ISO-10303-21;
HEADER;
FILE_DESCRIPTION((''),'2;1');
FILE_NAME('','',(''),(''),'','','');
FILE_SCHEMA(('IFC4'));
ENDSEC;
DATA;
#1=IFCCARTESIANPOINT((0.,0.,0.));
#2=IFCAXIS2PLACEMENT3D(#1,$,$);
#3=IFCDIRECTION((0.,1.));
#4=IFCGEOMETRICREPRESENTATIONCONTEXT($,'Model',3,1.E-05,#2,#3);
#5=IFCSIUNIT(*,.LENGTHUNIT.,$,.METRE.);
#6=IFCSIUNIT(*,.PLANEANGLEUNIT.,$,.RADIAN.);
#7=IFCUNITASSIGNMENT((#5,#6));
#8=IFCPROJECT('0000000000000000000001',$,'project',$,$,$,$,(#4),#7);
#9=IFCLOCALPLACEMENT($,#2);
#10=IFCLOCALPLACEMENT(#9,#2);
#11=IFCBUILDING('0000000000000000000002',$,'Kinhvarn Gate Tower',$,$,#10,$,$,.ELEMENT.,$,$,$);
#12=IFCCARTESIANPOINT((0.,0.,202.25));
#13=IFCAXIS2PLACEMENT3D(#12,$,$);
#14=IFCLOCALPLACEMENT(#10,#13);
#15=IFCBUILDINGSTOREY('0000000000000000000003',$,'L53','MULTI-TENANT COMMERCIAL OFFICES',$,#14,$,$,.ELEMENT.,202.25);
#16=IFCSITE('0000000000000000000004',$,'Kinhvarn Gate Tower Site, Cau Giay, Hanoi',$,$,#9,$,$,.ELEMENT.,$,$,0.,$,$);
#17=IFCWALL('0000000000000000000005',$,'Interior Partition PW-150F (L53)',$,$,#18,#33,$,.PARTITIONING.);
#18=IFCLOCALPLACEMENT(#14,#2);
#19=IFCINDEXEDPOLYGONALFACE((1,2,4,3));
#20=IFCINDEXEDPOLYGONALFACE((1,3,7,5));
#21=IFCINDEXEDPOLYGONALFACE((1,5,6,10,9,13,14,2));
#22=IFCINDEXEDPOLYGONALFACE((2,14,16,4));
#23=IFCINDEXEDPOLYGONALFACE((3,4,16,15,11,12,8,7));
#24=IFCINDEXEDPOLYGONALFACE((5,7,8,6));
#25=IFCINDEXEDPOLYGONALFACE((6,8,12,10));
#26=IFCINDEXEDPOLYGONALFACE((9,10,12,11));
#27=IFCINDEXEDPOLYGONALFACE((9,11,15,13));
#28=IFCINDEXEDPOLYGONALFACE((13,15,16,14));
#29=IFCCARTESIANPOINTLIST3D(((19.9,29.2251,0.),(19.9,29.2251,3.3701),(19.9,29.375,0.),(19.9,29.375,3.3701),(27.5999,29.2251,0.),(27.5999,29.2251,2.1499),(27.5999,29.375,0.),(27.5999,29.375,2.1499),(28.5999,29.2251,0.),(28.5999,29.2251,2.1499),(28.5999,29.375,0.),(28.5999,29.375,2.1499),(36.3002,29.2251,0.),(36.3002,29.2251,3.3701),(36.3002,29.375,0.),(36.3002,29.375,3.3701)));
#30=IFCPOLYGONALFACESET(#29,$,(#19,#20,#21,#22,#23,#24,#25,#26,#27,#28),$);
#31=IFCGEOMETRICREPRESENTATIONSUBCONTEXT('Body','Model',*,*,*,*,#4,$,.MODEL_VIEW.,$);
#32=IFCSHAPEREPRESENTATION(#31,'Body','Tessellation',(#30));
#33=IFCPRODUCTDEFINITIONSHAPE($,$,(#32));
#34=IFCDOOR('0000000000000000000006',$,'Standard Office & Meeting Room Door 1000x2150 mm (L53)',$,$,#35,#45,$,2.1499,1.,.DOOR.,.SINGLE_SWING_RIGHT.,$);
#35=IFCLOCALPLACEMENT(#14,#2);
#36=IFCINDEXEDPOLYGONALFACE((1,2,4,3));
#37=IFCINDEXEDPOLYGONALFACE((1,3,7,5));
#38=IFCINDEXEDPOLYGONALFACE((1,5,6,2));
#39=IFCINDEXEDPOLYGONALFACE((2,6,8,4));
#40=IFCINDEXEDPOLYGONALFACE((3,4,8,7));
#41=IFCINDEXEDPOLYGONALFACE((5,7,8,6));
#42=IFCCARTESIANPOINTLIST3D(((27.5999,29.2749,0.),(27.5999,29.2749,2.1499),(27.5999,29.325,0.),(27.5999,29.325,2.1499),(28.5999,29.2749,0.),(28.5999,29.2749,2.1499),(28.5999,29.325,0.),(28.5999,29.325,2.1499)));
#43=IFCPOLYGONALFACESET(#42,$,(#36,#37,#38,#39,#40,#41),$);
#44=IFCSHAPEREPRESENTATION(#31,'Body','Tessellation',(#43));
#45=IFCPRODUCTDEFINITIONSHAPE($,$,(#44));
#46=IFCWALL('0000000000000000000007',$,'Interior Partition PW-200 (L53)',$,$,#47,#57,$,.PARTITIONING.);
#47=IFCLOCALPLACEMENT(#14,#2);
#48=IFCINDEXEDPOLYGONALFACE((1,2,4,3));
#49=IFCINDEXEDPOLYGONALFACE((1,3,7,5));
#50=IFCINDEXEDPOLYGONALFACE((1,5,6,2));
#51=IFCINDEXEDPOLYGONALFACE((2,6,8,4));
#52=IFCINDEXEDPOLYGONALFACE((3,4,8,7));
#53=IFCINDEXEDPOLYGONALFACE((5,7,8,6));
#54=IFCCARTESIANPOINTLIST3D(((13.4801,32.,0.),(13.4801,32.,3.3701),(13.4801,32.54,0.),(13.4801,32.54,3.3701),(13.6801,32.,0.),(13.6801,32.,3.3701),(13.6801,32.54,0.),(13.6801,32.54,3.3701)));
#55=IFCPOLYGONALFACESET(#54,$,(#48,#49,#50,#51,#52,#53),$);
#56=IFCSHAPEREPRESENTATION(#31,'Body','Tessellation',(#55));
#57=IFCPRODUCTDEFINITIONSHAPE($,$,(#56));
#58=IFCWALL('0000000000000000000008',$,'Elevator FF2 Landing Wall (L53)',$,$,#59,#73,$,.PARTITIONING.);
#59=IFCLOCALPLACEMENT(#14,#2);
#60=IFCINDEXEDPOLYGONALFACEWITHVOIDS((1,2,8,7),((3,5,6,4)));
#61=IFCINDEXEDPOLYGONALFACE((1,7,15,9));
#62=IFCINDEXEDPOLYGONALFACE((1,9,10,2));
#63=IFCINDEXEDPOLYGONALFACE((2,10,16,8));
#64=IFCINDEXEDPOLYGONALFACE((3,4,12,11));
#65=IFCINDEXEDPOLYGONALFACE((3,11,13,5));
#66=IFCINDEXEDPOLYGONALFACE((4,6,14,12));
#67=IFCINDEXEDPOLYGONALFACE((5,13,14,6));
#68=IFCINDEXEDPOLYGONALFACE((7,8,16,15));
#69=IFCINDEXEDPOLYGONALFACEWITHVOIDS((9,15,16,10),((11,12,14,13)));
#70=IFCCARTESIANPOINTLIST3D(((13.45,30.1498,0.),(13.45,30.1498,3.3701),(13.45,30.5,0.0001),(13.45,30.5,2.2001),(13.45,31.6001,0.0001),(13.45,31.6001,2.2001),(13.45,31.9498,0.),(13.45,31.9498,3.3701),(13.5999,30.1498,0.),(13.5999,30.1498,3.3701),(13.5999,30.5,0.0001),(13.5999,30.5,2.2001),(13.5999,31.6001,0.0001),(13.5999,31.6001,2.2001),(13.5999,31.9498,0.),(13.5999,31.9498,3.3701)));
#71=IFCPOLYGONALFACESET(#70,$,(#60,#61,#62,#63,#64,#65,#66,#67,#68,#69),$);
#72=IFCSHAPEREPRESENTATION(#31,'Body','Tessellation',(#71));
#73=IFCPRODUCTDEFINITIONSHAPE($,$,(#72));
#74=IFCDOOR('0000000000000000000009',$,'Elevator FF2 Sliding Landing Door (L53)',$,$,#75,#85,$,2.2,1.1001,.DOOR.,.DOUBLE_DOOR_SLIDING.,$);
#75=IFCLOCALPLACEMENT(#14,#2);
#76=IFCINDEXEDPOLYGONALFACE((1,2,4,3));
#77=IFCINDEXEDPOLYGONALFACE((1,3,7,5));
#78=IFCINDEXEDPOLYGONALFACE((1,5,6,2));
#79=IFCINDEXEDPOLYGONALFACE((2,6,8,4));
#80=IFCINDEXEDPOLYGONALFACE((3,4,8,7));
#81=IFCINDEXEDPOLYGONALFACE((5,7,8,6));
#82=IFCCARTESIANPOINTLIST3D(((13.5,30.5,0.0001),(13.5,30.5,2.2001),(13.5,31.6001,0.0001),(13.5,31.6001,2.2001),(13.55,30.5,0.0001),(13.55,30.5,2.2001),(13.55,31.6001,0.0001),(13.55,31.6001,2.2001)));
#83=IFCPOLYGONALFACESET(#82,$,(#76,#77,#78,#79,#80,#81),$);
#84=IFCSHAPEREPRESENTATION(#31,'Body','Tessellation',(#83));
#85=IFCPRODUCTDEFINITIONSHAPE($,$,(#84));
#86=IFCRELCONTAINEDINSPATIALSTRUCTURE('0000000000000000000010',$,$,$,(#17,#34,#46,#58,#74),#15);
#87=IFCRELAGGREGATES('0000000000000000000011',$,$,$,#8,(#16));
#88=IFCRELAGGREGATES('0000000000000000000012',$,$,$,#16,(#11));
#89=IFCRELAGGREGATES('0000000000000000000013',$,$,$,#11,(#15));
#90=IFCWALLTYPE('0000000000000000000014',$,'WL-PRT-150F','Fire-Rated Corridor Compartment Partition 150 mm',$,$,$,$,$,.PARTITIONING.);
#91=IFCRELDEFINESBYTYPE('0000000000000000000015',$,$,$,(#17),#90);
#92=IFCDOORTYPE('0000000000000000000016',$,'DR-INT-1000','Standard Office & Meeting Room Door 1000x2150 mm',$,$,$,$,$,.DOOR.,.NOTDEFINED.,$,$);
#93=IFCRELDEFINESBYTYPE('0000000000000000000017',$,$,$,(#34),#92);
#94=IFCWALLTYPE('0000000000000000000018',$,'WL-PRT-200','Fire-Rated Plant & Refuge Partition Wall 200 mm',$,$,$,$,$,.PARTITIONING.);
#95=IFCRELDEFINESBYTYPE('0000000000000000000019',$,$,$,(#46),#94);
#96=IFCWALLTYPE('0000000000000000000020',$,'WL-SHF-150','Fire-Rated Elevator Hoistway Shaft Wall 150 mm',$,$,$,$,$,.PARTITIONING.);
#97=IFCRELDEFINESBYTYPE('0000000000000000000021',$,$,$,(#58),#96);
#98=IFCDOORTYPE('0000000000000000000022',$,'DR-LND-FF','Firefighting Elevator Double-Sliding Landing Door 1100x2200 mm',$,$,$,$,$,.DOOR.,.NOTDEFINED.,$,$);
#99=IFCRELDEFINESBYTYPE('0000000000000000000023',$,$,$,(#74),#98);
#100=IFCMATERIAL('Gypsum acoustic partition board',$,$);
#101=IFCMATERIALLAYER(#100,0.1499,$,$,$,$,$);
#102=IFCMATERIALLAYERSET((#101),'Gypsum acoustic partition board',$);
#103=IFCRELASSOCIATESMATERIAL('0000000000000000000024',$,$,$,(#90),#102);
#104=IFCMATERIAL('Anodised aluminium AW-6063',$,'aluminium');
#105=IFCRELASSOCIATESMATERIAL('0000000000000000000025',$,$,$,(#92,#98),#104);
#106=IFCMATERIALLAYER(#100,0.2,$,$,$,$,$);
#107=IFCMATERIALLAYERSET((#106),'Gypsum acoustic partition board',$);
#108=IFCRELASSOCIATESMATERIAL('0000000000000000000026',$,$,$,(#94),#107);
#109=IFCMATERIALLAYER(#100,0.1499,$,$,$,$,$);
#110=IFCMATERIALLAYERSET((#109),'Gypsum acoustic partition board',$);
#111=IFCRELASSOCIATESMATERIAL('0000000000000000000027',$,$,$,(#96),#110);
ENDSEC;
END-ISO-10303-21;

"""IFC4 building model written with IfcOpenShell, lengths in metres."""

from ifc_helpers import new_model, si_unit, direction, frame, frame_2d, origin, place, context, subcontext, project, spatial, rectangle, extrude, material, layer, layer_set, type_object, element, fill, save


model = new_model("IFC4")

# Units and contexts
model_context = context("Model", 3, precision=1e-05, world=origin(), true_north=direction((0.0, 1.0)))
body_context = subcontext(model_context, "Body", "Model", "MODEL_VIEW")
ifc_project = project(units=[si_unit("LENGTHUNIT", "METRE"), si_unit("PLANEANGLEUNIT", "RADIAN")], contexts=[model_context])

# Site, building, storey
site_placement = place(None, origin())
site = spatial("IfcSite", under=ifc_project, at=site_placement, Name="Kinhvarn Gate Tower Site, Cau Giay, Hanoi", CompositionType="ELEMENT", RefElevation=0.0)
building_placement = place(site_placement, origin())
building = spatial("IfcBuilding", under=site, at=building_placement, Name="Kinhvarn Gate Tower", CompositionType="ELEMENT")
storey_placement = place(building_placement, frame((0.0, 0.0, 202.25)))
storey = spatial("IfcBuildingStorey", under=building, at=storey_placement, Name="L53", Description="MULTI-TENANT COMMERCIAL OFFICES", CompositionType="ELEMENT", Elevation=202.25)

# Shared definitions
ifc_material_1 = material(Name="Gypsum acoustic partition board")

# Shared definitions
ifc_material_2 = material(Name="Anodised aluminium AW-6063", Category="aluminium")

# Shared definitions
ifc_layer_1 = layer(ifc_material_1, 0.1499)
ifc_layer_set_1 = layer_set([ifc_layer_1], Name="Gypsum acoustic partition board")
wall_type_1 = type_object("IfcWallType", Name="WL-PRT-150F", Description="Fire-Rated Corridor Compartment Partition 150 mm", PredefinedType="PARTITIONING", material=ifc_layer_set_1)

# Wall, opening, door
wall_1_placement = place(storey_placement, frame((19.8999, 29.3, 0.0), z_axis=(0.0, 0.0, 1.0), x_axis=(1.0, 0.0, 0.0)))
wall_1 = element("IfcWall", 1, at=wall_1_placement, inside=storey, type_object=wall_type_1, Name="Interior Partition PW-150F (L53)", PredefinedType="PARTITIONING", context=body_context, shape_type="SweptSolid", body=[
    extrude(rectangle(XDim=16.4001, YDim=0.1499, at=frame_2d((8.2002, 0.0))), origin(), (0.0, 0.0, 1.0), 3.3701),
])
opening_1_placement = place(wall_1_placement, frame((7.7, 0.0, 0.0)))
opening_1 = element("IfcOpeningElement", 2, at=opening_1_placement, cuts=wall_1, PredefinedType="OPENING", context=body_context, shape_type="SweptSolid", body=[
    extrude(rectangle(XDim=1.0, YDim=2.1499, at=frame_2d((0.5, 1.075))), frame((0.0, 0.085, 0.0), z_axis=(0.0, -1.0, 0.0), x_axis=(1.0, 0.0, 0.0)), (0.0, 0.0, 1.0), 0.1699),
])
door_type_1 = type_object("IfcDoorType", Name="DR-INT-1000", Description="Standard Office & Meeting Room Door 1000x2150 mm", OperationType="NOTDEFINED", PredefinedType="DOOR", material=ifc_material_2)
door_1_placement = place(opening_1_placement, origin())
door_1 = element("IfcDoor", 3, at=door_1_placement, inside=storey, type_object=door_type_1, Name="Standard Office & Meeting Room Door 1000x2150 mm (L53)", OperationType="SINGLE_SWING_RIGHT", OverallHeight=2.1499, OverallWidth=1.0, PredefinedType="DOOR", context=body_context, shape_type="SweptSolid", body=[
    extrude(rectangle(XDim=1.0, YDim=2.1499, at=frame_2d((0.5, 1.075))), frame((0.0, 0.0249, 0.0), z_axis=(0.0, -1.0, 0.0), x_axis=(1.0, 0.0, 0.0)), (0.0, 0.0, 1.0), 0.05),
])
fill(opening_1, door_1)

# Wall
ifc_layer_2 = layer(ifc_material_1, 0.2)
ifc_layer_set_2 = layer_set([ifc_layer_2], Name="Gypsum acoustic partition board")
wall_type_2 = type_object("IfcWallType", Name="WL-PRT-200", Description="Fire-Rated Plant & Refuge Partition Wall 200 mm", PredefinedType="PARTITIONING", material=ifc_layer_set_2)
wall_2_placement = place(storey_placement, frame((13.5801, 32.0, 0.0), z_axis=(0.0, 0.0, 1.0), x_axis=(0.0, 1.0, 0.0)))
element("IfcWall", 4, at=wall_2_placement, inside=storey, type_object=wall_type_2, Name="Interior Partition PW-200 (L53)", PredefinedType="PARTITIONING", context=body_context, shape_type="SweptSolid", body=[
    extrude(rectangle(XDim=0.54, YDim=0.2, at=frame_2d((0.27, 0.0))), origin(), (0.0, 0.0, 1.0), 3.3701),
])

# Wall, opening, door
ifc_layer_3 = layer(ifc_material_1, 0.1499)
ifc_layer_set_3 = layer_set([ifc_layer_3], Name="Gypsum acoustic partition board")
wall_type_3 = type_object("IfcWallType", Name="WL-SHF-150", Description="Fire-Rated Elevator Hoistway Shaft Wall 150 mm", PredefinedType="PARTITIONING", material=ifc_layer_set_3)
wall_3_placement = place(storey_placement, frame((13.5249, 30.1499, 0.0), z_axis=(0.0, 0.0, 1.0), x_axis=(0.0, 1.0, 0.0)))
wall_3 = element("IfcWall", 5, at=wall_3_placement, inside=storey, type_object=wall_type_3, Name="Elevator FF2 Landing Wall (L53)", PredefinedType="PARTITIONING", context=body_context, shape_type="SweptSolid", body=[
    extrude(rectangle(XDim=1.8, YDim=0.1499, at=frame_2d((0.8999, 0.0))), origin(), (0.0, 0.0, 1.0), 3.3701),
])
opening_2_placement = place(wall_3_placement, frame((0.3501, 0.0, 0.0)))
opening_2 = element("IfcOpeningElement", 6, at=opening_2_placement, cuts=wall_3, PredefinedType="OPENING", context=body_context, shape_type="SweptSolid", body=[
    extrude(rectangle(XDim=1.1001, YDim=2.2, at=frame_2d((0.55, 1.1001))), frame((0.0, 0.085, 0.0), z_axis=(0.0, -1.0, 0.0), x_axis=(1.0, 0.0, 0.0)), (0.0, 0.0, 1.0), 0.1699),
])
door_type_2 = type_object("IfcDoorType", Name="DR-LND-FF", Description="Firefighting Elevator Double-Sliding Landing Door 1100x2200 mm", OperationType="NOTDEFINED", PredefinedType="DOOR", material=ifc_material_2)
door_2_placement = place(opening_2_placement, origin())
door_2 = element("IfcDoor", 7, at=door_2_placement, inside=storey, type_object=door_type_2, Name="Elevator FF2 Sliding Landing Door (L53)", OperationType="DOUBLE_DOOR_SLIDING", OverallHeight=2.2, OverallWidth=1.1001, PredefinedType="DOOR", context=body_context, shape_type="SweptSolid", body=[
    extrude(rectangle(XDim=1.1001, YDim=2.2, at=frame_2d((0.55, 1.1001))), frame((0.0, 0.0249, 0.0), z_axis=(0.0, -1.0, 0.0), x_axis=(1.0, 0.0, 0.0)), (0.0, 0.0, 1.0), 0.05),
])
fill(opening_2, door_2)

save(model, "model.ifc")
